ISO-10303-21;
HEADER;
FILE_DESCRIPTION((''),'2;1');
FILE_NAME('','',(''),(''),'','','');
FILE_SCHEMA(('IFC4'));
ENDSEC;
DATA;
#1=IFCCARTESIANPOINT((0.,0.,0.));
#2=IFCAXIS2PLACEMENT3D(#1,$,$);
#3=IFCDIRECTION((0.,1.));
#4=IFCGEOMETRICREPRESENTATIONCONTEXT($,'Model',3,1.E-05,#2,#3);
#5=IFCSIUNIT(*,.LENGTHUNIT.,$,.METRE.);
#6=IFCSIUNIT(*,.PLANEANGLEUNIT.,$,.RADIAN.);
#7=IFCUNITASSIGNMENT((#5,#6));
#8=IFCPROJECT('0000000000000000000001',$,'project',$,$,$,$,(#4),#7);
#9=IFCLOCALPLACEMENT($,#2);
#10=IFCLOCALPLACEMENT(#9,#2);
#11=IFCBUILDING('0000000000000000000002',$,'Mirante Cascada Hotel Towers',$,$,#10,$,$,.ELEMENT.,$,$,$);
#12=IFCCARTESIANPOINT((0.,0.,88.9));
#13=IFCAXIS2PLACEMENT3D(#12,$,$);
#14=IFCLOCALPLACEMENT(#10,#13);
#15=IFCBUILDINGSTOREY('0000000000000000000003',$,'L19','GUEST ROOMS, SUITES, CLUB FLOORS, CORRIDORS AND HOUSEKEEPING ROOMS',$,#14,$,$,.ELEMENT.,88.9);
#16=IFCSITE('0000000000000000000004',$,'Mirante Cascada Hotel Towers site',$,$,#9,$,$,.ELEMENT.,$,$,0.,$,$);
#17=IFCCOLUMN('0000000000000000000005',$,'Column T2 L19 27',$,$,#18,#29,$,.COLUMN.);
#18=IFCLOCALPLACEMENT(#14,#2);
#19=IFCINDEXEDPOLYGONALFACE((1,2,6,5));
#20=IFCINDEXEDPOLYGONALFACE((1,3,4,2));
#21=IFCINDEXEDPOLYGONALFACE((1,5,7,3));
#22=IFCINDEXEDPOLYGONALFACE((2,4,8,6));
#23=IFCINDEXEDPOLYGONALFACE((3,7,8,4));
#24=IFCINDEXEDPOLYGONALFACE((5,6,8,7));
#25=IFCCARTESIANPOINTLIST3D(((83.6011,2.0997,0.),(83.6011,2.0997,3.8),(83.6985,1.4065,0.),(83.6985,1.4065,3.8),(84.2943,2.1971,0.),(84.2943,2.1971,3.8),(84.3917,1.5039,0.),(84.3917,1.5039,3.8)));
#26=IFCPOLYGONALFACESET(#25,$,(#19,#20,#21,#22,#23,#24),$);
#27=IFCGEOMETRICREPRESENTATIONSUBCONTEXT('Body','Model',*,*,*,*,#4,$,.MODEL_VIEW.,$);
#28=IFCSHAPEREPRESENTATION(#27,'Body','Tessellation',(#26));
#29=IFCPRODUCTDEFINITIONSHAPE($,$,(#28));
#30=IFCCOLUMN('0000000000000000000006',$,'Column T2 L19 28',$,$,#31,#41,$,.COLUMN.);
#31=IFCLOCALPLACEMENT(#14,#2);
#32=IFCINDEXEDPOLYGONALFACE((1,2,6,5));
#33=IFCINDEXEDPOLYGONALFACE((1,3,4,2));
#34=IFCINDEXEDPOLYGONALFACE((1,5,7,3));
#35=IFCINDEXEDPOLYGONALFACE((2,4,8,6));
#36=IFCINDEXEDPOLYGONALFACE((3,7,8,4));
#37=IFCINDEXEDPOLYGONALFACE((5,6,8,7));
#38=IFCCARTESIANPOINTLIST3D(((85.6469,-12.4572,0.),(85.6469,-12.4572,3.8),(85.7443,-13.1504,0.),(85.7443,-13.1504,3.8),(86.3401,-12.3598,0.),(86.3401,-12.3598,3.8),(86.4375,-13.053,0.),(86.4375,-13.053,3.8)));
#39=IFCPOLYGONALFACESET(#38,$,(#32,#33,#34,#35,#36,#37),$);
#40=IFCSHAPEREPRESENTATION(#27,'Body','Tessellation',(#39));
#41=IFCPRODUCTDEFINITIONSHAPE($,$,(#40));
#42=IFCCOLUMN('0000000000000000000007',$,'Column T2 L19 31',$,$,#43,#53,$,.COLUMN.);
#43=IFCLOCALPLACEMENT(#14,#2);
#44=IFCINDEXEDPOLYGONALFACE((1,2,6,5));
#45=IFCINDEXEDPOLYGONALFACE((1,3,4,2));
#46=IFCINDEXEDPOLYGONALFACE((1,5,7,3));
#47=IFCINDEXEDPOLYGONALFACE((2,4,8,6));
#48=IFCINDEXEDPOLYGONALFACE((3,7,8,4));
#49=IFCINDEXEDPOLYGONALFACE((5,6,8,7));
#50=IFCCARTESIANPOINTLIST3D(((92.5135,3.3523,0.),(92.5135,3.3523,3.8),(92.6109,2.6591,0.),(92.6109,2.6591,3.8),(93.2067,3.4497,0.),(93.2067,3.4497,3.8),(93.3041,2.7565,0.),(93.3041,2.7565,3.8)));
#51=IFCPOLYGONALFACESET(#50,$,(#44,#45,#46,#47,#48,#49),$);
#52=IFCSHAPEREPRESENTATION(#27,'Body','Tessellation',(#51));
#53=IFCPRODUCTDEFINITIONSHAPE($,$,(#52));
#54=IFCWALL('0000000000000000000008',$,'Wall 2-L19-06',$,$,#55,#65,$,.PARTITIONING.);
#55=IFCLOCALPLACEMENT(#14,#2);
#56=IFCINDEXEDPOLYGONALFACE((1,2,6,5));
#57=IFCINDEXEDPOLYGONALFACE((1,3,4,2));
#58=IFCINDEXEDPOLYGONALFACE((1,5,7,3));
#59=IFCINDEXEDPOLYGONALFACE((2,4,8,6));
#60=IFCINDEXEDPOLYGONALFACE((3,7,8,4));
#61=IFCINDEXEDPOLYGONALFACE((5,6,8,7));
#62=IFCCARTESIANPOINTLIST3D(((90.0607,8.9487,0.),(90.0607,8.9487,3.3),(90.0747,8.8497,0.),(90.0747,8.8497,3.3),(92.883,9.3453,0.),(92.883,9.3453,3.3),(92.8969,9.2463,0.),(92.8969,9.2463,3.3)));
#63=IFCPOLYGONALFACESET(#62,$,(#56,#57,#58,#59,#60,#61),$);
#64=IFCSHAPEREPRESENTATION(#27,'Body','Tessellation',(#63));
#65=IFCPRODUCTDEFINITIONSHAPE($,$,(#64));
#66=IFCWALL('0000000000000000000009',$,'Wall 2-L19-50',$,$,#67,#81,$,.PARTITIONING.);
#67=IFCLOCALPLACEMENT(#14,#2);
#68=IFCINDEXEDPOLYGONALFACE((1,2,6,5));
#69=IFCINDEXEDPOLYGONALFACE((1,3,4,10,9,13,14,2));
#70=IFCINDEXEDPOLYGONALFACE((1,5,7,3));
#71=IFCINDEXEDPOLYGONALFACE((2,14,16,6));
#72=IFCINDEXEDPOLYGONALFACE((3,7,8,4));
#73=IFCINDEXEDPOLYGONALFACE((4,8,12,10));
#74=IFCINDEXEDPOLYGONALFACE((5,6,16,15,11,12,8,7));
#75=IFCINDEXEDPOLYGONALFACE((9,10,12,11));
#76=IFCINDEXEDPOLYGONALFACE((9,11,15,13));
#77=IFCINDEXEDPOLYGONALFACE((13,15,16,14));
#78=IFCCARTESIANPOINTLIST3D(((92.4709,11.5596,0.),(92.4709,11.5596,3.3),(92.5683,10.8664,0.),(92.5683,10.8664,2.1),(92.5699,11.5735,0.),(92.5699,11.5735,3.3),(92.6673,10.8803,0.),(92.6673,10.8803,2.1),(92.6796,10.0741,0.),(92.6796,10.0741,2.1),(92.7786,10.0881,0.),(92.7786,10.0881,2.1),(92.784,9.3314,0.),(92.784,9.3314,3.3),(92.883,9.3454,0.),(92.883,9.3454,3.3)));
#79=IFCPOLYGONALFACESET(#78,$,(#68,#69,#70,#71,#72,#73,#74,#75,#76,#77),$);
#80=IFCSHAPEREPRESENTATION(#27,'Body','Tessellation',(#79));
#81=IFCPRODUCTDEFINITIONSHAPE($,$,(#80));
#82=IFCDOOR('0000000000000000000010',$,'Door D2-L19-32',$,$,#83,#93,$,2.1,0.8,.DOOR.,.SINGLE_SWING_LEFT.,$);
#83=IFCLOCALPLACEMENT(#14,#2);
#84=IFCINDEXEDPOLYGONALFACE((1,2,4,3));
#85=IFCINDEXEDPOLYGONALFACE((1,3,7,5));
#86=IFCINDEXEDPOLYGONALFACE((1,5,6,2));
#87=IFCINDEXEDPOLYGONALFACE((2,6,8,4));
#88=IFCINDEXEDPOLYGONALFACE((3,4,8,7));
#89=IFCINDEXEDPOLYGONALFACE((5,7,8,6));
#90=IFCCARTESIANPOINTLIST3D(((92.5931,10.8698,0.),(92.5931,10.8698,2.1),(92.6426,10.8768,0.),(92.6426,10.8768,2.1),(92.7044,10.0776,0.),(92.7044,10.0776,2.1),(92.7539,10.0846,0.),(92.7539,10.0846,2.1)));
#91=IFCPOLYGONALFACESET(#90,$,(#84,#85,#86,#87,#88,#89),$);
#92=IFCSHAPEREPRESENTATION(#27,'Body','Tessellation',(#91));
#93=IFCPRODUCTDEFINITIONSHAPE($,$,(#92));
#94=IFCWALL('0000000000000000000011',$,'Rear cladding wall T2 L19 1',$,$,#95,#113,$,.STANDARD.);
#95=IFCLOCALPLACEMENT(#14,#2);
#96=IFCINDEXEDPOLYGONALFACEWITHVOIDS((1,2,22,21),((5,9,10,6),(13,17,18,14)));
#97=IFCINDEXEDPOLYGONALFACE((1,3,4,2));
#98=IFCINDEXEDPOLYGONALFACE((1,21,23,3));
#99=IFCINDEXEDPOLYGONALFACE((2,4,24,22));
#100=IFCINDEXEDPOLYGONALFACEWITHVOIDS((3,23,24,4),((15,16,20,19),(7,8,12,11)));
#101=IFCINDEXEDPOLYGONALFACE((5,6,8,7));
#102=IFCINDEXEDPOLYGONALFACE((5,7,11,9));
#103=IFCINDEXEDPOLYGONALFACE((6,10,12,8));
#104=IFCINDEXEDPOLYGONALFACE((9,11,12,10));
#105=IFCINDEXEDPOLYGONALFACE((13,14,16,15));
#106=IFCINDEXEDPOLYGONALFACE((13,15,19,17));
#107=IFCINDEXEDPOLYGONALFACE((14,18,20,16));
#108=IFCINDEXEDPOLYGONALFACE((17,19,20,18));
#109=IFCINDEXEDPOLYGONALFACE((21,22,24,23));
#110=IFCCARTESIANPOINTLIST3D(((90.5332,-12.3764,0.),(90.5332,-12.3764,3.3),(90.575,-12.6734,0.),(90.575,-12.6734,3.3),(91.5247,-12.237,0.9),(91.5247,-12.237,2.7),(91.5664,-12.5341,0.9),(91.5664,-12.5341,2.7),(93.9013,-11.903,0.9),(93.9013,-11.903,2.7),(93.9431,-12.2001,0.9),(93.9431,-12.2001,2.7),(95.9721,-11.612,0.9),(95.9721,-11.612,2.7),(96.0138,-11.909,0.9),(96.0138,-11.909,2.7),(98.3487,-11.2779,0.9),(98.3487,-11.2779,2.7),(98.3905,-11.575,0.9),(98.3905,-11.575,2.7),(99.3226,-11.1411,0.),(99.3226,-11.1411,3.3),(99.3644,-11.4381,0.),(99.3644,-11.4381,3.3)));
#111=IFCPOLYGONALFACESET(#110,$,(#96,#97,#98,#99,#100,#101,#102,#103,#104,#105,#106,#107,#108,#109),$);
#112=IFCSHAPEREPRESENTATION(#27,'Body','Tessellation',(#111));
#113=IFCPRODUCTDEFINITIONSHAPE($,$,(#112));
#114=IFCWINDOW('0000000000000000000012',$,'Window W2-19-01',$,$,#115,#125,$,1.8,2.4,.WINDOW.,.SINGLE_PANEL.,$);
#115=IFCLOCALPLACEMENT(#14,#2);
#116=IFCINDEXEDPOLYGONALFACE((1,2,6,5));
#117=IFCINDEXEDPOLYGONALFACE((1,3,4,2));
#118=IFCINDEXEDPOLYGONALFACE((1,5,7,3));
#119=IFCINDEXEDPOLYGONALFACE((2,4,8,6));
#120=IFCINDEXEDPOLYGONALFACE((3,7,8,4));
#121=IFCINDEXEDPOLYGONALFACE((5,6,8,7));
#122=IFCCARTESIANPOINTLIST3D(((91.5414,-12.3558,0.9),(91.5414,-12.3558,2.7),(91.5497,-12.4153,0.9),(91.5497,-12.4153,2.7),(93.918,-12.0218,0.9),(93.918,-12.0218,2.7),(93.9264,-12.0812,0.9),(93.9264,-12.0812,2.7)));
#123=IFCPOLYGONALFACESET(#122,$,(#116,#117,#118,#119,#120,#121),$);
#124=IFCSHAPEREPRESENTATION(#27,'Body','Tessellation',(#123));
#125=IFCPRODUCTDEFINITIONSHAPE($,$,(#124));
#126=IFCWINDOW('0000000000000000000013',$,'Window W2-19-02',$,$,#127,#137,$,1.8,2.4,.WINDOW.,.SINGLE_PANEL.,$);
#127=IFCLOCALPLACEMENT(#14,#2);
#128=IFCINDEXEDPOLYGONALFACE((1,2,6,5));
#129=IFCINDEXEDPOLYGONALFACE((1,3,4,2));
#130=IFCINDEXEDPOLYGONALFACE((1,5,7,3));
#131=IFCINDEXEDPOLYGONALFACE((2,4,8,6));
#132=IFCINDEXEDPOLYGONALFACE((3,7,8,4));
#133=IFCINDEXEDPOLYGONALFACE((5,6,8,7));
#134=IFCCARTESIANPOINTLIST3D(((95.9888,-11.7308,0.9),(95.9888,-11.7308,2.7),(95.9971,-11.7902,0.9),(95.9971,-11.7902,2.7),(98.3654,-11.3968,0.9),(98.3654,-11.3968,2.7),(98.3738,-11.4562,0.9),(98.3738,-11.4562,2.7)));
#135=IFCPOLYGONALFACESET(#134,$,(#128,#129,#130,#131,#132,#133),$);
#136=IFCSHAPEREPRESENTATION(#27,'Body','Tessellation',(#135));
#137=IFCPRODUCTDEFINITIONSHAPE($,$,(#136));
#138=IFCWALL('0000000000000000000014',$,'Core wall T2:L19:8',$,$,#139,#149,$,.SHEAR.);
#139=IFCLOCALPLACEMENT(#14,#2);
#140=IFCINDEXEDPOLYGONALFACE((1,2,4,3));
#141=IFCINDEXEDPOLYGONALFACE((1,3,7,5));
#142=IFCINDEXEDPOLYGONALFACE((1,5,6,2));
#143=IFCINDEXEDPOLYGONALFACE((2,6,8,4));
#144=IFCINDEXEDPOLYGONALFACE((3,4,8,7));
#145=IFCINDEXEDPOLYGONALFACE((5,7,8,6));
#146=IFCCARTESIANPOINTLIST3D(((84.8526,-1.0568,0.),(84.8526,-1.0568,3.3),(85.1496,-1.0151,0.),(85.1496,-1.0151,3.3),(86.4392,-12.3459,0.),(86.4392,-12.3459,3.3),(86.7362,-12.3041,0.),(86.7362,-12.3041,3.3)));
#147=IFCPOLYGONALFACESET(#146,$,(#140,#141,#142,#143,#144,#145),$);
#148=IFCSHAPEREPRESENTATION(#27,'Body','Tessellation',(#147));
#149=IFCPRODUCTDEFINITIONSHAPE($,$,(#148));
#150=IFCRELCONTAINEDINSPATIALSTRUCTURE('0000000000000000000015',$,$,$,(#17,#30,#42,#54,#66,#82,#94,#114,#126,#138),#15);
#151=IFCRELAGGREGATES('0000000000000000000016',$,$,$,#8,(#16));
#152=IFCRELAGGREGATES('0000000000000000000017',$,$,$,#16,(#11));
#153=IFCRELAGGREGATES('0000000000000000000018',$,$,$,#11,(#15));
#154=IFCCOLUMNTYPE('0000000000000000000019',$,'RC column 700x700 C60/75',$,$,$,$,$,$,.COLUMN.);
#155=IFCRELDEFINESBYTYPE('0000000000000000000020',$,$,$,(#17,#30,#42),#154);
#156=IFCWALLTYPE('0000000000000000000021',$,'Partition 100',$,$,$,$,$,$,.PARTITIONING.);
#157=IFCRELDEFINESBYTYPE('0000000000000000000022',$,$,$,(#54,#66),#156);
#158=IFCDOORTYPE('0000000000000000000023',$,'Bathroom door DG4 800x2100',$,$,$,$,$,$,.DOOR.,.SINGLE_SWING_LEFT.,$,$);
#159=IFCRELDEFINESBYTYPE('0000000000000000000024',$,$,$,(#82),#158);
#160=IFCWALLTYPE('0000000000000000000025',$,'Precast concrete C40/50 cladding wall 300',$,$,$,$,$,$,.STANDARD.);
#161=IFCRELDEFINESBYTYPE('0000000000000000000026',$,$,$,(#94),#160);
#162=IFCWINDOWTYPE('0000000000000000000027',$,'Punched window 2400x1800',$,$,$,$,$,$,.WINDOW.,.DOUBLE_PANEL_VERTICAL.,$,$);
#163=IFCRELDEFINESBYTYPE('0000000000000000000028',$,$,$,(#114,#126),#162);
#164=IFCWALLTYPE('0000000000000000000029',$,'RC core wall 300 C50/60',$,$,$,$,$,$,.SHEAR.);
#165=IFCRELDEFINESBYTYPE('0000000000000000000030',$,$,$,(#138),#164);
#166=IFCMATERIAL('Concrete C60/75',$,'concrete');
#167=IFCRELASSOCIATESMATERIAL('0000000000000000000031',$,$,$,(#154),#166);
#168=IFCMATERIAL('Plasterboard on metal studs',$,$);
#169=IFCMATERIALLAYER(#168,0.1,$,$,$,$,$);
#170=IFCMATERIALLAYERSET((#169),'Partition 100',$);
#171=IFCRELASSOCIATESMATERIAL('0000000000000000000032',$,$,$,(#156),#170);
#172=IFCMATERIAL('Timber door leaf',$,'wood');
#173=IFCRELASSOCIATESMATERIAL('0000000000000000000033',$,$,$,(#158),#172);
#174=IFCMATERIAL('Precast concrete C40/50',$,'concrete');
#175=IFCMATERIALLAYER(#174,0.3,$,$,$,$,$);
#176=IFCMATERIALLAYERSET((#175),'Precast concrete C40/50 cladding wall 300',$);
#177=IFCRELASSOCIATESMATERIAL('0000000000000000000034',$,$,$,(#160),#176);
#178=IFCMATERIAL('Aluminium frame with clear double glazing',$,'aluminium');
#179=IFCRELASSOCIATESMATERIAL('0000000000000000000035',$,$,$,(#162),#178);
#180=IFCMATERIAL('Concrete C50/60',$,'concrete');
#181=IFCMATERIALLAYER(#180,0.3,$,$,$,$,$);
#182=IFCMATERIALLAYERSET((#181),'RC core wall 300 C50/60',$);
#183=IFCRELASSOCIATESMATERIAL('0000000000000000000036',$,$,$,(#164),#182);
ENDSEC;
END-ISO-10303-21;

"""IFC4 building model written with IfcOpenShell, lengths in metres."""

from ifc_helpers import new_model, si_unit, direction, frame, frame_2d, origin, origin_2d, place, context, subcontext, project, spatial, rectangle, extrude, material, layer, layer_set, material_profile, profile_set, type_object, element, fill, save


model = new_model("IFC4")

# Units and contexts
model_context = context("Model", 3, precision=1e-05, world=origin(), true_north=direction((0.0, 1.0)))
body_context = subcontext(model_context, "Body", "Model", "MODEL_VIEW")
ifc_project = project(units=[si_unit("LENGTHUNIT", "METRE"), si_unit("PLANEANGLEUNIT", "RADIAN")], contexts=[model_context])

# Site, building, storey
site_placement = place(None, origin())
site = spatial("IfcSite", under=ifc_project, at=site_placement, Name="Mirante Cascada Hotel Towers site", CompositionType="ELEMENT", RefElevation=0.0)
building_placement = place(site_placement, origin())
building = spatial("IfcBuilding", under=site, at=building_placement, Name="Mirante Cascada Hotel Towers", CompositionType="ELEMENT")
storey_placement = place(building_placement, frame((0.0, 0.0, 88.9)))
storey = spatial("IfcBuildingStorey", under=building, at=storey_placement, Name="L19", Description="GUEST ROOMS, SUITES, CLUB FLOORS, CORRIDORS AND HOUSEKEEPING ROOMS", CompositionType="ELEMENT", Elevation=88.9)

# Columns
ifc_material_1 = material(Name="Concrete C60/75", Category="concrete")
ifc_material_profile = material_profile(ifc_material_1, rectangle(XDim=0.7, YDim=0.7, at=origin_2d()), Name="RC column 700x700 C60/75")
ifc_profile_set = profile_set([ifc_material_profile], Name="Concrete C60/75")
column_type = type_object("IfcColumnType", Name="RC column 700x700 C60/75", PredefinedType="COLUMN", material=ifc_profile_set)
for number, where, z_axis, x_axis, name in (
    (1, (83.9964, 1.8018, 0.0), (0.0, 0.0, 1.0), (0.990268, 0.139173, 0.0), "Column T2 L19 27"),
    (2, (86.0422, -12.7551, 0.0), (0.0, 0.0, 1.0), (0.990268, 0.139173, 0.0), "Column T2 L19 28"),
    (3, (92.9088, 3.0544, 0.0), (0.0, 0.0, 1.0), (0.990268, 0.139173, 0.0), "Column T2 L19 31"),
):
    element("IfcColumn", number, at=place(storey_placement, frame(where, z_axis=z_axis, x_axis=x_axis)), inside=storey, type_object=column_type, Name=name, PredefinedType="COLUMN", context=body_context, shape_type="SweptSolid", body=[
        extrude(rectangle(XDim=0.7, YDim=0.7, at=origin_2d()), origin(), (0.0, 0.0, 1.0), 3.8),
    ])

# Wall
ifc_material_2 = material(Name="Plasterboard on metal studs")
ifc_layer_1 = layer(ifc_material_2, 0.1)
ifc_layer_set_1 = layer_set([ifc_layer_1], Name="Partition 100")
wall_type_1 = type_object("IfcWallType", Name="Partition 100", PredefinedType="PARTITIONING", material=ifc_layer_set_1)
wall_1_placement = place(storey_placement, frame((90.0677, 8.8992, 0.0), z_axis=(0.0, 0.0, 1.0), x_axis=(0.99027, 0.139156, 0.0)))
element("IfcWall", 4, at=wall_1_placement, inside=storey, type_object=wall_type_1, Name="Wall 2-L19-06", PredefinedType="PARTITIONING", context=body_context, shape_type="SweptSolid", body=[
    extrude(rectangle(XDim=2.85, YDim=0.1, at=frame_2d((1.425, 0.0))), origin(), (0.0, 0.0, 1.0), 3.3),
])

# Wall, opening, door
wall_2_placement = place(storey_placement, frame((92.8335, 9.3384, 0.0), z_axis=(0.0, 0.0, 1.0), x_axis=(-0.139156, 0.990271, 0.0)))
wall_2 = element("IfcWall", 5, at=wall_2_placement, inside=storey, type_object=wall_type_1, Name="Wall 2-L19-50", PredefinedType="PARTITIONING", context=body_context, shape_type="SweptSolid", body=[
    extrude(rectangle(XDim=2.25, YDim=0.1, at=frame_2d((1.125, 0.0))), origin(), (0.0, 0.0, 1.0), 3.3),
])
opening_1_placement = place(wall_2_placement, frame((0.75, 0.0, 0.0)))
opening_1 = element("IfcOpeningElement", 6, at=opening_1_placement, cuts=wall_2, PredefinedType="OPENING", context=body_context, shape_type="SweptSolid", body=[
    extrude(rectangle(XDim=0.8, YDim=2.1, at=frame_2d((0.4, 1.05))), frame((0.0, 0.05, 0.0), z_axis=(0.0, -1.0, 0.0), x_axis=(1.0, 0.0, 0.0)), (0.0, 0.0, 1.0), 0.1),
])
ifc_material_3 = material(Name="Timber door leaf", Category="wood")
door_type_1 = type_object("IfcDoorType", Name="Bathroom door DG4 800x2100", OperationType="SINGLE_SWING_LEFT", PredefinedType="DOOR", material=ifc_material_3)
door_1_placement = place(opening_1_placement, origin())
door_1 = element("IfcDoor", 7, at=door_1_placement, inside=storey, type_object=door_type_1, Name="Door D2-L19-32", OperationType="SINGLE_SWING_LEFT", OverallHeight=2.1, OverallWidth=0.8, PredefinedType="DOOR", context=body_context, shape_type="SweptSolid", body=[
    extrude(rectangle(XDim=0.8, YDim=2.1, at=frame_2d((0.4, 1.05))), frame((0.0, 0.025, 0.0), z_axis=(0.0, -1.0, 0.0), x_axis=(1.0, 0.0, 0.0)), (0.0, 0.0, 1.0), 0.05),
])
fill(opening_1, door_1)

# Wall, openings, windows
ifc_material_4 = material(Name="Precast concrete C40/50", Category="concrete")
ifc_layer_2 = layer(ifc_material_4, 0.3)
ifc_layer_set_2 = layer_set([ifc_layer_2], Name="Precast concrete C40/50 cladding wall 300")
wall_type_2 = type_object("IfcWallType", Name="Precast concrete C40/50 cladding wall 300", PredefinedType="STANDARD", material=ifc_layer_set_2)
wall_3_placement = place(storey_placement, frame((90.5541, -12.5249, 0.0), z_axis=(0.0, 0.0, 1.0), x_axis=(0.990268, 0.139177, 0.0)))
wall_3 = element("IfcWall", 8, at=wall_3_placement, inside=storey, type_object=wall_type_2, Name="Rear cladding wall T2 L19 1", PredefinedType="STANDARD", context=body_context, shape_type="SweptSolid", body=[
    extrude(rectangle(XDim=8.8758, YDim=0.3, at=frame_2d((4.4379, 0.0))), origin(), (0.0, 0.0, 1.0), 3.3),
])
opening_2_placement = place(wall_3_placement, frame((1.0012, 0.0, 0.9)))
opening_2 = element("IfcOpeningElement", 9, at=opening_2_placement, cuts=wall_3, PredefinedType="OPENING", context=body_context, shape_type="SweptSolid", body=[
    extrude(rectangle(XDim=2.4, YDim=1.8, at=frame_2d((1.2, 0.9))), frame((0.0, 0.15, 0.0), z_axis=(0.0, -1.0, 0.0), x_axis=(1.0, 0.0, 0.0)), (0.0, 0.0, 1.0), 0.3),
])
opening_3_placement = place(wall_3_placement, frame((5.4923, 0.0, 0.9)))
opening_3 = element("IfcOpeningElement", 10, at=opening_3_placement, cuts=wall_3, PredefinedType="OPENING", context=body_context, shape_type="SweptSolid", body=[
    extrude(rectangle(XDim=2.4, YDim=1.8, at=frame_2d((1.2, 0.9))), frame((0.0, 0.15, 0.0), z_axis=(0.0, -1.0, 0.0), x_axis=(1.0, 0.0, 0.0)), (0.0, 0.0, 1.0), 0.3),
])
ifc_material_5 = material(Name="Aluminium frame with clear double glazing", Category="aluminium")
window_type = type_object("IfcWindowType", Name="Punched window 2400x1800", PartitioningType="DOUBLE_PANEL_VERTICAL", PredefinedType="WINDOW", material=ifc_material_5)
window_1_placement = place(opening_2_placement, origin())
window_1 = element("IfcWindow", 11, at=window_1_placement, inside=storey, type_object=window_type, Name="Window W2-19-01", OverallHeight=1.8, OverallWidth=2.4, PartitioningType="SINGLE_PANEL", PredefinedType="WINDOW", context=body_context, shape_type="SweptSolid", body=[
    extrude(rectangle(XDim=2.4, YDim=1.8, at=frame_2d((1.2, 0.9))), frame((0.0, 0.03, 0.0), z_axis=(0.0, -1.0, 0.0), x_axis=(1.0, 0.0, 0.0)), (0.0, 0.0, 1.0), 0.06),
])
fill(opening_2, window_1)
window_2_placement = place(opening_3_placement, origin())
window_2 = element("IfcWindow", 12, at=window_2_placement, inside=storey, type_object=window_type, Name="Window W2-19-02", OverallHeight=1.8, OverallWidth=2.4, PartitioningType="SINGLE_PANEL", PredefinedType="WINDOW", context=body_context, shape_type="SweptSolid", body=[
    extrude(rectangle(XDim=2.4, YDim=1.8, at=frame_2d((1.2, 0.9))), frame((0.0, 0.03, 0.0), z_axis=(0.0, -1.0, 0.0), x_axis=(1.0, 0.0, 0.0)), (0.0, 0.0, 1.0), 0.06),
])
fill(opening_3, window_2)

# Wall
ifc_material_6 = material(Name="Concrete C50/60", Category="concrete")
ifc_layer_3 = layer(ifc_material_6, 0.3)
ifc_layer_set_3 = layer_set([ifc_layer_3], Name="RC core wall 300 C50/60")
wall_type_3 = type_object("IfcWallType", Name="RC core wall 300 C50/60", PredefinedType="SHEAR", material=ifc_layer_set_3)
wall_4_placement = place(storey_placement, frame((86.5877, -12.325, 0.0), z_axis=(0.0, 0.0, 1.0), x_axis=(-0.139175, 0.990268, 0.0)))
element("IfcWall", 13, at=wall_4_placement, inside=storey, type_object=wall_type_3, Name="Core wall T2:L19:8", PredefinedType="SHEAR", context=body_context, shape_type="SweptSolid", body=[
    extrude(rectangle(XDim=11.4, YDim=0.3, at=frame_2d((5.7, 0.0))), origin(), (0.0, 0.0, 1.0), 3.3),
])

save(model, "model.ifc")
